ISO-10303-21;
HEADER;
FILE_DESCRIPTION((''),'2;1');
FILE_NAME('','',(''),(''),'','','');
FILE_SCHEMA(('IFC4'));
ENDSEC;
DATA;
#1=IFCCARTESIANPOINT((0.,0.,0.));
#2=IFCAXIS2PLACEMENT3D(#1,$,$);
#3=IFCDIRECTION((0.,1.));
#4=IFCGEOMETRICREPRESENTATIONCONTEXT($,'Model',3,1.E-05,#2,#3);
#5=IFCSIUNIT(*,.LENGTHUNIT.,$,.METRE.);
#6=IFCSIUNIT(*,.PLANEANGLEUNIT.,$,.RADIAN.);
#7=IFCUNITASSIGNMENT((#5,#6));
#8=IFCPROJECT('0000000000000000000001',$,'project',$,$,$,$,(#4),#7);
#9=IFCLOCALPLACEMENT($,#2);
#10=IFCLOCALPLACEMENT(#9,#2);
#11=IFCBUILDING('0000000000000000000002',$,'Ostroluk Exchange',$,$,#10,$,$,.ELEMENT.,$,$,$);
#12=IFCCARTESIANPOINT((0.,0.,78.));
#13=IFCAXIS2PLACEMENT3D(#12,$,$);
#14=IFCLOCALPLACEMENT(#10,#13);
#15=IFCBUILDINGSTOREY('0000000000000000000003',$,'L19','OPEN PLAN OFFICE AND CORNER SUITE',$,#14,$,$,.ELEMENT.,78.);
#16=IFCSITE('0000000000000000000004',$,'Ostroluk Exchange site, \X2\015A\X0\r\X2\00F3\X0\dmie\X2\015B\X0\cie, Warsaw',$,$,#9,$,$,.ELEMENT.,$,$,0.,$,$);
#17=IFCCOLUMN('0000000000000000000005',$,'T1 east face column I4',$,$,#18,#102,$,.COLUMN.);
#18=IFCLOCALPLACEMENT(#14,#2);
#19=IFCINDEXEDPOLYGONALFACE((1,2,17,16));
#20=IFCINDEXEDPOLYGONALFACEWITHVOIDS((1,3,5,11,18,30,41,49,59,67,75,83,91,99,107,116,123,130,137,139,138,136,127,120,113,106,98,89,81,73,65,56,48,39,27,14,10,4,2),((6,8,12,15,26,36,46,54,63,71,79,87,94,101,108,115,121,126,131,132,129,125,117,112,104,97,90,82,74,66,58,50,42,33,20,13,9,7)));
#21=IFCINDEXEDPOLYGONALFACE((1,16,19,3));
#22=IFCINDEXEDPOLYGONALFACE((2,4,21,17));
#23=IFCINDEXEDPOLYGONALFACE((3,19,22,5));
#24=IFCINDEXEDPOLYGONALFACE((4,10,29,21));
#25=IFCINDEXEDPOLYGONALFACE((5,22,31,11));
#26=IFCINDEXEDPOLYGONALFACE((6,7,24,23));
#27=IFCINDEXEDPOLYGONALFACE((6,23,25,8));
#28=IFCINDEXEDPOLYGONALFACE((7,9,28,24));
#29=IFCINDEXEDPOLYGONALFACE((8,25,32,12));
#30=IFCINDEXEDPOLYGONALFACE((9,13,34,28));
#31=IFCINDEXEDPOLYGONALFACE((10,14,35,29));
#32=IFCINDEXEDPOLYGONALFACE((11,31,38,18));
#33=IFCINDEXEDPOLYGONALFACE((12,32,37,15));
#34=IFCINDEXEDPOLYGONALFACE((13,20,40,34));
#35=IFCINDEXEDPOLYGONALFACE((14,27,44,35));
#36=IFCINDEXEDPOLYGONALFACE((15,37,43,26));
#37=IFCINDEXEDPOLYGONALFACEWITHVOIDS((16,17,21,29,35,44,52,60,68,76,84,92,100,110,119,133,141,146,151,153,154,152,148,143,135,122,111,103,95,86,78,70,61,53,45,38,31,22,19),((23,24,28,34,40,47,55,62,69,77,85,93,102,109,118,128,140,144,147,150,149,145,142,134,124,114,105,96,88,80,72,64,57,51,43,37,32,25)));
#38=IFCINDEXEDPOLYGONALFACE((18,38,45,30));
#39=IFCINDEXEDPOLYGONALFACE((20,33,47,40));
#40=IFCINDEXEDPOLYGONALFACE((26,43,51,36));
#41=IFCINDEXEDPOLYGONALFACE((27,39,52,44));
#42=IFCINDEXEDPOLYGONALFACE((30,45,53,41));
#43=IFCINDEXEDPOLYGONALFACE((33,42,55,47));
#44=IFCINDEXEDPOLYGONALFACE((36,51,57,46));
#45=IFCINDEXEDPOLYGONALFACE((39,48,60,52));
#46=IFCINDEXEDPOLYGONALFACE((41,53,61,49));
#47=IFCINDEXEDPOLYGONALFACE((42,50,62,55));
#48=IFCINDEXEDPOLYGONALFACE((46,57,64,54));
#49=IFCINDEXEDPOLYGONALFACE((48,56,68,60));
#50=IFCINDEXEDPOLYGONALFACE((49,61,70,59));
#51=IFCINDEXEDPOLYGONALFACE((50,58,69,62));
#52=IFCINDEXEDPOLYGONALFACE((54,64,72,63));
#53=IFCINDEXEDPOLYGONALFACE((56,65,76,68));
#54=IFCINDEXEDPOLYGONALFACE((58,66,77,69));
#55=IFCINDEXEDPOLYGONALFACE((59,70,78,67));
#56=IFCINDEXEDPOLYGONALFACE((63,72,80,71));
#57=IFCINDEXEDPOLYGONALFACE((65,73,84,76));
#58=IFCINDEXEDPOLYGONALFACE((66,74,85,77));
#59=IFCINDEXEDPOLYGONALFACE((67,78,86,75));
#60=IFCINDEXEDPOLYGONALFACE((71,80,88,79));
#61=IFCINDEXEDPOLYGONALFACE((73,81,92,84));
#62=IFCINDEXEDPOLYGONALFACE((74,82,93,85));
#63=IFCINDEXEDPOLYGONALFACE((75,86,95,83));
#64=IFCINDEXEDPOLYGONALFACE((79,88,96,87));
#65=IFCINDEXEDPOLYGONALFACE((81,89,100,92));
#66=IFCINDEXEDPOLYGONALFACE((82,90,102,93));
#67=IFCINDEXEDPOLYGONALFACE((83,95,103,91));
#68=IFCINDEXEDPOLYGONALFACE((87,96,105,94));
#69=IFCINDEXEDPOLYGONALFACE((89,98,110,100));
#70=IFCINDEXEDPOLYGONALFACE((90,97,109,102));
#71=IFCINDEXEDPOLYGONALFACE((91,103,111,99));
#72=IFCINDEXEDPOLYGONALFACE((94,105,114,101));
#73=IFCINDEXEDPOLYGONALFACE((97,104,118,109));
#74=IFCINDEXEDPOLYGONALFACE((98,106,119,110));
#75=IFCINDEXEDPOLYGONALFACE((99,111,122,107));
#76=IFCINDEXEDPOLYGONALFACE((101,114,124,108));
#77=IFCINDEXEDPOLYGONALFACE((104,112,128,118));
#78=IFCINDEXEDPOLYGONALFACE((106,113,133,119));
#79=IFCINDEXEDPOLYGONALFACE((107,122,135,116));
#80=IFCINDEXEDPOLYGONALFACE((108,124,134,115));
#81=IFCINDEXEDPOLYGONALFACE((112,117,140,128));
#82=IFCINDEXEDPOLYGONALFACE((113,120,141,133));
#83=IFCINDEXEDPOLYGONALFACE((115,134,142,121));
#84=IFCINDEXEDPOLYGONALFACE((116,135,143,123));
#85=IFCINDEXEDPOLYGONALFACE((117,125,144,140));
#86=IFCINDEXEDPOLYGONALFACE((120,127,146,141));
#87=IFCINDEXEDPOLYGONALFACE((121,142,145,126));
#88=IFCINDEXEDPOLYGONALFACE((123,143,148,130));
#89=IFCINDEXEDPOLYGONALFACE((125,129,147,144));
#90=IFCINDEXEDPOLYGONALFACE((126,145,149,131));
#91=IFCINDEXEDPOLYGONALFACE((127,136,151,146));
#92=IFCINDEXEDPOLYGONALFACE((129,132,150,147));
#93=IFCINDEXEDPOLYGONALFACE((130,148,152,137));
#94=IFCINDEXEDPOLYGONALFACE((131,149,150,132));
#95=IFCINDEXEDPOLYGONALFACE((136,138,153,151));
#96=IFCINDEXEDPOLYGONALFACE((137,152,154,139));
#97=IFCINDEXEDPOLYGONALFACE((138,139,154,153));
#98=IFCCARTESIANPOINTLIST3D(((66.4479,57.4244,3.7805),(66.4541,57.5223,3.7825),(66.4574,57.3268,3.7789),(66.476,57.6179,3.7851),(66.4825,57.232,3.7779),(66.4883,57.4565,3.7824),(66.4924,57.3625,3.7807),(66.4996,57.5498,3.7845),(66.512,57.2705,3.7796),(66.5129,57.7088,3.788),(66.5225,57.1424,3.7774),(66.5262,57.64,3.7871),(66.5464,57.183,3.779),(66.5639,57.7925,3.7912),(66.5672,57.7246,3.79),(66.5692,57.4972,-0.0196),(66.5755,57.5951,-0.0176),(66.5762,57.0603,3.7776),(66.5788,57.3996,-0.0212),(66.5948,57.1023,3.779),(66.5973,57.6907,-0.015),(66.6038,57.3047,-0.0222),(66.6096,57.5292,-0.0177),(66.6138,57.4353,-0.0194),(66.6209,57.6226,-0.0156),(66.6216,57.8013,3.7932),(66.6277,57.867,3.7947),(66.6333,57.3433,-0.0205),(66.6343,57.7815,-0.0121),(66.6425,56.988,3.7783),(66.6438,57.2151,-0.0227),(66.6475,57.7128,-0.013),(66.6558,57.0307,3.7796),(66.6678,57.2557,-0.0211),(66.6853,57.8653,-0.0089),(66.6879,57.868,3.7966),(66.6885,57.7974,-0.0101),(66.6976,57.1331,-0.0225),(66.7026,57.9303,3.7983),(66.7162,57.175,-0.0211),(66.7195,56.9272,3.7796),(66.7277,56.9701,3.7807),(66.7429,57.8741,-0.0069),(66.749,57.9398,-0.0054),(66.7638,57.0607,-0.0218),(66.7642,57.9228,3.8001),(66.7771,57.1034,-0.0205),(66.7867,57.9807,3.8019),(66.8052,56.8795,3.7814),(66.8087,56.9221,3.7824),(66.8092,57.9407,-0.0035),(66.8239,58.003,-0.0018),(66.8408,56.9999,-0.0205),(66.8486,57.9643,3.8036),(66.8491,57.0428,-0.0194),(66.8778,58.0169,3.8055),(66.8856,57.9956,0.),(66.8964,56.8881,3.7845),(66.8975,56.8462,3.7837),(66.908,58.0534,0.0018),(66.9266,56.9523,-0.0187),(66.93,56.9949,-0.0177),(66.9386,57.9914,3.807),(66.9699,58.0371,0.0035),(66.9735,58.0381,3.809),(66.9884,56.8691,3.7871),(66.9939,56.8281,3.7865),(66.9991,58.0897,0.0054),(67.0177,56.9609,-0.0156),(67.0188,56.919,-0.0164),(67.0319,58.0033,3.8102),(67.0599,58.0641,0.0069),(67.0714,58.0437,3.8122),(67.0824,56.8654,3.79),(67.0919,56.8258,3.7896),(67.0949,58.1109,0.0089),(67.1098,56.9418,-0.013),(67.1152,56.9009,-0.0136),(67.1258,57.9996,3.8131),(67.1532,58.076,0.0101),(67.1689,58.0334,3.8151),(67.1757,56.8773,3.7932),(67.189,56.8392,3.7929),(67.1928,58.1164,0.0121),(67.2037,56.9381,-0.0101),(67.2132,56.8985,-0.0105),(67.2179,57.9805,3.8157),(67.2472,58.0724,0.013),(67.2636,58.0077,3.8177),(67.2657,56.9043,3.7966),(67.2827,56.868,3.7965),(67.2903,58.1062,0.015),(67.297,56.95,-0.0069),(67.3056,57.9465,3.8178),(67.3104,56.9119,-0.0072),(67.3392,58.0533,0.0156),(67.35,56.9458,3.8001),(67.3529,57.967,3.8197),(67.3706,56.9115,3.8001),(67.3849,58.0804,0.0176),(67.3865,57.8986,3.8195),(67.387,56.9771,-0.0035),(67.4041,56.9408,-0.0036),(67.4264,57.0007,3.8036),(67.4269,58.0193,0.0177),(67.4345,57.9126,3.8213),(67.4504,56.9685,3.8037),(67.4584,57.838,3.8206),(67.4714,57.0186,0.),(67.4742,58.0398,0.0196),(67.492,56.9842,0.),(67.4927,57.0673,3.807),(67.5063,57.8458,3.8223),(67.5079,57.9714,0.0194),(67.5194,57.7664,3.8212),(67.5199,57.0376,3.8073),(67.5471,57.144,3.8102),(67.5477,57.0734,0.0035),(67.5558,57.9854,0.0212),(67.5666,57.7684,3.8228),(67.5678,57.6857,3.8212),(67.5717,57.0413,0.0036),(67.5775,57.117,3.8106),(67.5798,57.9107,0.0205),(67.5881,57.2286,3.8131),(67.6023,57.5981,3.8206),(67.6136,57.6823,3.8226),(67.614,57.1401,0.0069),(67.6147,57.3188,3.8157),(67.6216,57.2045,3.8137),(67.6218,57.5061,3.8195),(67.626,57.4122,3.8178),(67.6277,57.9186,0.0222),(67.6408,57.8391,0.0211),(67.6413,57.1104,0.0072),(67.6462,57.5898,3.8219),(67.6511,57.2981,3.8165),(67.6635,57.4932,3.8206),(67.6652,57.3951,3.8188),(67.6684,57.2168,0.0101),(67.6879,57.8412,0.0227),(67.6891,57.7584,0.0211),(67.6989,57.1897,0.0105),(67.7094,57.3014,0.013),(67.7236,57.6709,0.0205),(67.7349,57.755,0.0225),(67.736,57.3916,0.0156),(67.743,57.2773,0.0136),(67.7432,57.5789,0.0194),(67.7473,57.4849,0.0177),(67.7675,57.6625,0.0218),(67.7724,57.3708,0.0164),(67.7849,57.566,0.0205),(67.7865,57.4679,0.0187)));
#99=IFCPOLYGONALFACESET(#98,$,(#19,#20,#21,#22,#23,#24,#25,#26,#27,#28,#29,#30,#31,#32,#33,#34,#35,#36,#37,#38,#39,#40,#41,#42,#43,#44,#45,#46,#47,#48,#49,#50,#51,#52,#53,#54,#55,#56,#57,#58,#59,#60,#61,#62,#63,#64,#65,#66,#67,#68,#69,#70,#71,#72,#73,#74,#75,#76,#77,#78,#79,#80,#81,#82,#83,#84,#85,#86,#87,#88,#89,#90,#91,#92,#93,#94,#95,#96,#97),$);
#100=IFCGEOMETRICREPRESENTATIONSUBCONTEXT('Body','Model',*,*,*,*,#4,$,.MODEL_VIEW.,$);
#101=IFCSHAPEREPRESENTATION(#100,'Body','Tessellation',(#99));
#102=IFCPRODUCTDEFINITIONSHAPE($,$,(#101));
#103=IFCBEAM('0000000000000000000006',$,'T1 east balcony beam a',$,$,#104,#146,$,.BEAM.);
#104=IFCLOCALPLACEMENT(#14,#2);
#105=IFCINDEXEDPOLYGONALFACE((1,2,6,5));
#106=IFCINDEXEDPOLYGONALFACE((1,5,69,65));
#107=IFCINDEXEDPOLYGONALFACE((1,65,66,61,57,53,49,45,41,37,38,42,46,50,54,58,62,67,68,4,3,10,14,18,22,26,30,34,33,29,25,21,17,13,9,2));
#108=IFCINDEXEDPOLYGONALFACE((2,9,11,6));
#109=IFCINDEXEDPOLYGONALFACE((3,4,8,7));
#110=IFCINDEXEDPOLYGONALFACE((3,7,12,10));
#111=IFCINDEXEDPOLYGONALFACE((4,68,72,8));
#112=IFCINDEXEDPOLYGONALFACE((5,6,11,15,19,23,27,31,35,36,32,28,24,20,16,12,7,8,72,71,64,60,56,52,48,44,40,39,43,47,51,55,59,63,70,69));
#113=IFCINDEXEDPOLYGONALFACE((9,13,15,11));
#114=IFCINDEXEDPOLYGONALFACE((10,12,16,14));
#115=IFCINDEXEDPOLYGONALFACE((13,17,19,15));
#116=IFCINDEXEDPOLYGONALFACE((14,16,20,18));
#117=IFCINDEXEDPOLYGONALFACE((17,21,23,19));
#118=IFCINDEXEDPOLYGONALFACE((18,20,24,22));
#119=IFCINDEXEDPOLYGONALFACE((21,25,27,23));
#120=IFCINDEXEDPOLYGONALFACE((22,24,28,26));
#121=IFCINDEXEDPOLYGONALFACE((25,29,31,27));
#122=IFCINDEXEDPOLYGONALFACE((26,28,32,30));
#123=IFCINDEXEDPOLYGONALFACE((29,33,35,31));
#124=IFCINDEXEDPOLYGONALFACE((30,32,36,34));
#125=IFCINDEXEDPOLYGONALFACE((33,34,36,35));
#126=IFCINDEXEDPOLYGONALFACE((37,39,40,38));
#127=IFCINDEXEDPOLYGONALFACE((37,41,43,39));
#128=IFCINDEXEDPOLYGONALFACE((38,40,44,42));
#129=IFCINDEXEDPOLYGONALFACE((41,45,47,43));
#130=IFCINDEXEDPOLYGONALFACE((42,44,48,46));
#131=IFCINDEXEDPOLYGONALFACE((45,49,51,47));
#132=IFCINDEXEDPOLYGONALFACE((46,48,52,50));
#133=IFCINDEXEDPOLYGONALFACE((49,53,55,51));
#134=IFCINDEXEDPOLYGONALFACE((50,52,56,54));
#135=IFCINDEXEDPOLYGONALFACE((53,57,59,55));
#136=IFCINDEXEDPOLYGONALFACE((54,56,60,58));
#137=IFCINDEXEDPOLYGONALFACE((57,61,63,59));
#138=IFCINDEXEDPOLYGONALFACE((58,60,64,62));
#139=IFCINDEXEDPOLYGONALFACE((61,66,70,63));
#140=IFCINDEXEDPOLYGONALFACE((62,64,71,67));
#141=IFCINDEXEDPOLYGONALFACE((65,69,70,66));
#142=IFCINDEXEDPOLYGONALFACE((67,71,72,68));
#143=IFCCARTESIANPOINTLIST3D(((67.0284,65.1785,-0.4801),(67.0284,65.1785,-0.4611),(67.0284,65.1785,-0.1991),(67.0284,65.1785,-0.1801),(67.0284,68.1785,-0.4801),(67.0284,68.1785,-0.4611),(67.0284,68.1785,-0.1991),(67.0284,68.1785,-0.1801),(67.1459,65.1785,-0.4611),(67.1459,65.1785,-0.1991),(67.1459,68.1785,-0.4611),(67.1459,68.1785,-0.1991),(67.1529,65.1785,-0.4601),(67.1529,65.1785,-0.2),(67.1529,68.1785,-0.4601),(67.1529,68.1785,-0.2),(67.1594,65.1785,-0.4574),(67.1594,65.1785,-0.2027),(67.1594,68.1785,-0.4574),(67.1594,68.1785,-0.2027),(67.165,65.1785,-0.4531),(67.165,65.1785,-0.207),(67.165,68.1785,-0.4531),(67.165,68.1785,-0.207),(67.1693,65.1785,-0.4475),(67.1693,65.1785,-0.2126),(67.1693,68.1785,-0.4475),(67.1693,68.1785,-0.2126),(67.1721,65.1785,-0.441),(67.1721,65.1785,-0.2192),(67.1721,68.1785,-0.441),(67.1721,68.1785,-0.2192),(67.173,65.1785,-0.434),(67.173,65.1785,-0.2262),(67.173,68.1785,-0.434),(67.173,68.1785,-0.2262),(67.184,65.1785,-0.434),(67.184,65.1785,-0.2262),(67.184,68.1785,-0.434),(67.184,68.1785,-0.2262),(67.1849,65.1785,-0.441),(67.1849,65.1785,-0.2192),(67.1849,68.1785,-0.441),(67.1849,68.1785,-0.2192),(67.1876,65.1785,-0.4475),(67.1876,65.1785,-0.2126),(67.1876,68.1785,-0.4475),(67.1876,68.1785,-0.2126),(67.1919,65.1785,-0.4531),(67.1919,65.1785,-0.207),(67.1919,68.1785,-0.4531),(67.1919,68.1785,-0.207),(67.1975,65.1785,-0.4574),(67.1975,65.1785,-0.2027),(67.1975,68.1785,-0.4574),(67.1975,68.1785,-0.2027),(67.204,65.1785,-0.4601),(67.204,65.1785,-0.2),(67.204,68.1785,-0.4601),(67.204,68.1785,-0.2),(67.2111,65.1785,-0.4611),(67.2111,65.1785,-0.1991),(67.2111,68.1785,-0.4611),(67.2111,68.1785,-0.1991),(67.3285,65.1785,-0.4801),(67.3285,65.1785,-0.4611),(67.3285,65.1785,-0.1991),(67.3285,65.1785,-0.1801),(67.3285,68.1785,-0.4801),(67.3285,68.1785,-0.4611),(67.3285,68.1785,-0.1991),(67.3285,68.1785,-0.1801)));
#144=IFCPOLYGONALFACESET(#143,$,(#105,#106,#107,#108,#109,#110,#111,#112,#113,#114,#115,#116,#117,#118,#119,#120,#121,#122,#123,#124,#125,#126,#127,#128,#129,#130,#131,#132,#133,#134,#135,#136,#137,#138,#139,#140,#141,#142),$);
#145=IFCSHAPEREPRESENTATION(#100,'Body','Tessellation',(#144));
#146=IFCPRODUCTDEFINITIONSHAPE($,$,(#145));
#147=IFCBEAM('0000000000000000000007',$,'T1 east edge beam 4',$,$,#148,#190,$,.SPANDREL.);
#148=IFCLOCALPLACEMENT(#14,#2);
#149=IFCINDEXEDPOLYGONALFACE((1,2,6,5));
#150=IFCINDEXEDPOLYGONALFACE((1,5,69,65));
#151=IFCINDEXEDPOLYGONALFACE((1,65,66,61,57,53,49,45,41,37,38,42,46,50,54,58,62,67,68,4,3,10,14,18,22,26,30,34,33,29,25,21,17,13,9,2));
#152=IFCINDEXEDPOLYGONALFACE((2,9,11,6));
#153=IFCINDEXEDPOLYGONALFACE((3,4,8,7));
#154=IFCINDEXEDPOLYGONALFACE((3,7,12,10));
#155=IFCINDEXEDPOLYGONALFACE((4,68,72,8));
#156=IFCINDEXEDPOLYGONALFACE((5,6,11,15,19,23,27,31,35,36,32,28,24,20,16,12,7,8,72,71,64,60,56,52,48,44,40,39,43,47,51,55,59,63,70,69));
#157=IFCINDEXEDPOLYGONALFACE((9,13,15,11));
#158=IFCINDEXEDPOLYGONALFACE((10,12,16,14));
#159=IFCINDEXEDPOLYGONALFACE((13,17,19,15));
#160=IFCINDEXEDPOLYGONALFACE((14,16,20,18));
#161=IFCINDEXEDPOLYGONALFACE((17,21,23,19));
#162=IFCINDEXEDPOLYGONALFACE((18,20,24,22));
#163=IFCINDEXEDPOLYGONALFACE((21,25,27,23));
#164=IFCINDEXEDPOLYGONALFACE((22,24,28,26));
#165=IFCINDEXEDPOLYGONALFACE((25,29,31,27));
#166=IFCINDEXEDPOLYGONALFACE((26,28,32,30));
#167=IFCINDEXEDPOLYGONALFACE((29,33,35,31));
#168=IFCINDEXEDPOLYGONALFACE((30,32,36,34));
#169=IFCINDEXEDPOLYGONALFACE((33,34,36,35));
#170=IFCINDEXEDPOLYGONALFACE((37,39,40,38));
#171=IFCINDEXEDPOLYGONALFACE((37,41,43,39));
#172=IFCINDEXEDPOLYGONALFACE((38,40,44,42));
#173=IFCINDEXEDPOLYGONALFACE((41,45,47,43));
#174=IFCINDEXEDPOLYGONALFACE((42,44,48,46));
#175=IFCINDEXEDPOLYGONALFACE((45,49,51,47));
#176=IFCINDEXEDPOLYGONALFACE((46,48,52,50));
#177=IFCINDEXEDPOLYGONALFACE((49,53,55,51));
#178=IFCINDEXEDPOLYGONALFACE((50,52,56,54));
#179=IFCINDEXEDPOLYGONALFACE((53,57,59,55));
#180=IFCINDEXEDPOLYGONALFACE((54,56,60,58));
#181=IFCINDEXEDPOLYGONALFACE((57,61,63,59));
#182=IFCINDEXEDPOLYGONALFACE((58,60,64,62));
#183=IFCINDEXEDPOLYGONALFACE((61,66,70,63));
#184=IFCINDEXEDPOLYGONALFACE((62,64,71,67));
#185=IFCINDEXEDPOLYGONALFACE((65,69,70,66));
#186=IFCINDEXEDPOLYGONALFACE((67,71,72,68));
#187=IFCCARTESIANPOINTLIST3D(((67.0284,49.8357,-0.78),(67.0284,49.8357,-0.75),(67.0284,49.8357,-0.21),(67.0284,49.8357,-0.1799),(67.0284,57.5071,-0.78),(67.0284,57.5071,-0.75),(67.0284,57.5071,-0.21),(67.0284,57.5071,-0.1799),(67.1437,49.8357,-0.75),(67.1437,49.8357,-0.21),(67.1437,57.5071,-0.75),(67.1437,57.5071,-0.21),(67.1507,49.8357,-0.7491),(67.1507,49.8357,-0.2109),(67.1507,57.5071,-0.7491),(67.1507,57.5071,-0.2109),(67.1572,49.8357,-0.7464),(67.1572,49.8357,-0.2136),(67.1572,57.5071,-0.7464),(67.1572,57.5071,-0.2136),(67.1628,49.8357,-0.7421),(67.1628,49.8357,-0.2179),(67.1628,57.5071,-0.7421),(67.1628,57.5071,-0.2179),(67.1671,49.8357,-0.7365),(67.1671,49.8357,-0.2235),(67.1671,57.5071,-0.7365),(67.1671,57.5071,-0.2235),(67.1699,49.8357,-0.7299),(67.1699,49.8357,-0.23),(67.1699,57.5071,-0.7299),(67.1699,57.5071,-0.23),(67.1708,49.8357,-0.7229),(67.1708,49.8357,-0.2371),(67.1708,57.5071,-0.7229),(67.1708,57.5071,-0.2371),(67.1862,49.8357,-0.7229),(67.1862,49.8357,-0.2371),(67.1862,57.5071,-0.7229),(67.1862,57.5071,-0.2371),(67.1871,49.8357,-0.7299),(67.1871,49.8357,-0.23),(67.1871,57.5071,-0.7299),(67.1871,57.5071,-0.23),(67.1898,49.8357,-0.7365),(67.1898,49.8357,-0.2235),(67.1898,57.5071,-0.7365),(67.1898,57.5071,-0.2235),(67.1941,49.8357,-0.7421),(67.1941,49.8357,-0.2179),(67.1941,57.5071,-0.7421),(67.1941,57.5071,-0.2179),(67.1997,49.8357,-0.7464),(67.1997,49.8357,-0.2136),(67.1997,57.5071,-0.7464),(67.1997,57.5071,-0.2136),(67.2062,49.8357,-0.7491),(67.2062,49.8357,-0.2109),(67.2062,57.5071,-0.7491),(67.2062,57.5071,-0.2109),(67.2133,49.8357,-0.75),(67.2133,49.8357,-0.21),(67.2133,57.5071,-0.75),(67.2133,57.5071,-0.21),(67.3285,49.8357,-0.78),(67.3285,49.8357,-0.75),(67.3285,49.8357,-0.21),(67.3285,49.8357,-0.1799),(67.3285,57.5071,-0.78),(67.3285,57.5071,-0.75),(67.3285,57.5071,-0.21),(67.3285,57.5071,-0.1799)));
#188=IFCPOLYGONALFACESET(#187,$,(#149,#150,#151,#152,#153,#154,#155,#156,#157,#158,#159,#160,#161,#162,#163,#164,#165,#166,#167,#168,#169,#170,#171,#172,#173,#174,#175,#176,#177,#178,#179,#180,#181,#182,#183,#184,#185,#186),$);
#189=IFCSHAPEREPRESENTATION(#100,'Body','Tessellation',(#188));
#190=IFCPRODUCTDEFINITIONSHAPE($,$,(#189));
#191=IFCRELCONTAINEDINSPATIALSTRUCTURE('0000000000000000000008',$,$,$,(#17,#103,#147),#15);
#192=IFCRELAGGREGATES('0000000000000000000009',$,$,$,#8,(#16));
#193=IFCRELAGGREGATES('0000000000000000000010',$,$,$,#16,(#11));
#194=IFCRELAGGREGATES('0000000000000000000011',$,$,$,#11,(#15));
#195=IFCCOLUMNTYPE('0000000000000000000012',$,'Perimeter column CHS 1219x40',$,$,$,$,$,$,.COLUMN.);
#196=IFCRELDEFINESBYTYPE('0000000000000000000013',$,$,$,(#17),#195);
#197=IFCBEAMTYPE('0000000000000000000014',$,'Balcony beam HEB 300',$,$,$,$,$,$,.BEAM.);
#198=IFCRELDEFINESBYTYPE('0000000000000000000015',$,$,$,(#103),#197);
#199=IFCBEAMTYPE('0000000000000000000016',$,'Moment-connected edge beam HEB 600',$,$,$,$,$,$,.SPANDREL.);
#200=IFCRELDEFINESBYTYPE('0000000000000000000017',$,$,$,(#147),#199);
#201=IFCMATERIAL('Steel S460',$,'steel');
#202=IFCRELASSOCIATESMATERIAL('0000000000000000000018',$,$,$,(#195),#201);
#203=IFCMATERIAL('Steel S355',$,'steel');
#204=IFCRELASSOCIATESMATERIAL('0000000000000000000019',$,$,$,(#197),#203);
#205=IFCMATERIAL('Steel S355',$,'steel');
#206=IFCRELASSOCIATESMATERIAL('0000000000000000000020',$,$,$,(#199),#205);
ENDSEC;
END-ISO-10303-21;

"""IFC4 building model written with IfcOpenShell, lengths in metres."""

from ifc_helpers import new_model, si_unit, direction, frame, origin, origin_2d, place, context, subcontext, project, spatial, hollow_circle, i_section, extrude, material, material_profile, profile_set, type_object, element, save


model = new_model("IFC4")

# Units and contexts
model_context = context("Model", 3, precision=1e-05, world=origin(), true_north=direction((0.0, 1.0)))
body_context = subcontext(model_context, "Body", "Model", "MODEL_VIEW")
ifc_project = project(units=[si_unit("LENGTHUNIT", "METRE"), si_unit("PLANEANGLEUNIT", "RADIAN")], contexts=[model_context])

# Site, building, storey
site_placement = place(None, origin())
site = spatial("IfcSite", under=ifc_project, at=site_placement, Name="Ostroluk Exchange site, Śródmieście, Warsaw", CompositionType="ELEMENT", RefElevation=0.0)
building_placement = place(site_placement, origin())
building = spatial("IfcBuilding", under=site, at=building_placement, Name="Ostroluk Exchange", CompositionType="ELEMENT")
storey_placement = place(building_placement, frame((0.0, 0.0, 78.0)))
storey = spatial("IfcBuildingStorey", under=building, at=storey_placement, Name="L19", Description="OPEN PLAN OFFICE AND CORNER SUITE", CompositionType="ELEMENT", Elevation=78.0)

# Column
ifc_material_1 = material(Name="Steel S460", Category="steel")
ifc_material_profile_1 = material_profile(ifc_material_1, hollow_circle(Radius=0.6096, WallThickness=0.04, at=origin_2d()), Name="CHS 1219x40")
ifc_profile_set_1 = profile_set([ifc_material_profile_1], Name="Steel S460")
column_type = type_object("IfcColumnType", Name="Perimeter column CHS 1219x40", PredefinedType="COLUMN", material=ifc_profile_set_1)
column_1_placement = place(storey_placement, frame((67.1785, 57.5071, 0.0), z_axis=(-0.031909, -0.019132, 0.999308), x_axis=(0.514242, -0.857645, 0.0)))
element("IfcColumn", 1, at=column_1_placement, inside=storey, type_object=column_type, Name="T1 east face column I4", PredefinedType="COLUMN", context=body_context, shape_type="SweptSolid", body=[
    extrude(hollow_circle(Radius=0.6096, WallThickness=0.04, at=origin_2d()), origin(), (0.0, 0.0, 1.0), 3.8027),
])

# Beams
ifc_material_2 = material(Name="Steel S355", Category="steel")
ifc_material_profile_2 = material_profile(ifc_material_2, i_section(OverallWidth=0.3, OverallDepth=0.3, WebThickness=0.011, FlangeThickness=0.019, FilletRadius=0.0271, at=origin_2d()), Name="HEB 300")
ifc_profile_set_2 = profile_set([ifc_material_profile_2], Name="Steel S355")
beam_type_1 = type_object("IfcBeamType", Name="Balcony beam HEB 300", PredefinedType="BEAM", material=ifc_profile_set_2)
beam_placement = place(storey_placement, frame((67.1785, 65.1785, -0.3301), z_axis=(0.0, 1.0, 0.0), x_axis=(-1.0, 0.0, 0.0)))
element("IfcBeam", 2, at=beam_placement, inside=storey, type_object=beam_type_1, Name="T1 east balcony beam a", PredefinedType="BEAM", context=body_context, shape_type="SweptSolid", body=[
    extrude(i_section(OverallWidth=0.3, OverallDepth=0.3, WebThickness=0.011, FlangeThickness=0.019, FilletRadius=0.0271, at=origin_2d()), origin(), (0.0, 0.0, 1.0), 3.0),
])
ifc_material_3 = material(Name="Steel S355", Category="steel")
ifc_material_profile_3 = material_profile(ifc_material_3, i_section(OverallWidth=0.3, OverallDepth=0.6001, WebThickness=0.0154, FlangeThickness=0.03, FilletRadius=0.0271, at=origin_2d()), Name="HEB 600")
ifc_profile_set_3 = profile_set([ifc_material_profile_3], Name="Steel S355")
beam_type_2 = type_object("IfcBeamType", Name="Moment-connected edge beam HEB 600", PredefinedType="SPANDREL", material=ifc_profile_set_3)
for number, where, z_axis, x_axis, name in (
    (3, (67.1785, 49.8357, -0.48), (0.0, 1.0, 0.0), (-1.0, 0.0, 0.0), "T1 east edge beam 4"),
):
    element("IfcBeam", number, at=place(storey_placement, frame(where, z_axis=z_axis, x_axis=x_axis)), inside=storey, type_object=beam_type_2, Name=name, PredefinedType="SPANDREL", context=body_context, shape_type="SweptSolid", body=[
        extrude(i_section(OverallWidth=0.3, OverallDepth=0.6001, WebThickness=0.0154, FlangeThickness=0.03, FilletRadius=0.0271, at=origin_2d()), origin(), (0.0, 0.0, 1.0), 7.6714),
    ])

save(model, "model.ifc")
